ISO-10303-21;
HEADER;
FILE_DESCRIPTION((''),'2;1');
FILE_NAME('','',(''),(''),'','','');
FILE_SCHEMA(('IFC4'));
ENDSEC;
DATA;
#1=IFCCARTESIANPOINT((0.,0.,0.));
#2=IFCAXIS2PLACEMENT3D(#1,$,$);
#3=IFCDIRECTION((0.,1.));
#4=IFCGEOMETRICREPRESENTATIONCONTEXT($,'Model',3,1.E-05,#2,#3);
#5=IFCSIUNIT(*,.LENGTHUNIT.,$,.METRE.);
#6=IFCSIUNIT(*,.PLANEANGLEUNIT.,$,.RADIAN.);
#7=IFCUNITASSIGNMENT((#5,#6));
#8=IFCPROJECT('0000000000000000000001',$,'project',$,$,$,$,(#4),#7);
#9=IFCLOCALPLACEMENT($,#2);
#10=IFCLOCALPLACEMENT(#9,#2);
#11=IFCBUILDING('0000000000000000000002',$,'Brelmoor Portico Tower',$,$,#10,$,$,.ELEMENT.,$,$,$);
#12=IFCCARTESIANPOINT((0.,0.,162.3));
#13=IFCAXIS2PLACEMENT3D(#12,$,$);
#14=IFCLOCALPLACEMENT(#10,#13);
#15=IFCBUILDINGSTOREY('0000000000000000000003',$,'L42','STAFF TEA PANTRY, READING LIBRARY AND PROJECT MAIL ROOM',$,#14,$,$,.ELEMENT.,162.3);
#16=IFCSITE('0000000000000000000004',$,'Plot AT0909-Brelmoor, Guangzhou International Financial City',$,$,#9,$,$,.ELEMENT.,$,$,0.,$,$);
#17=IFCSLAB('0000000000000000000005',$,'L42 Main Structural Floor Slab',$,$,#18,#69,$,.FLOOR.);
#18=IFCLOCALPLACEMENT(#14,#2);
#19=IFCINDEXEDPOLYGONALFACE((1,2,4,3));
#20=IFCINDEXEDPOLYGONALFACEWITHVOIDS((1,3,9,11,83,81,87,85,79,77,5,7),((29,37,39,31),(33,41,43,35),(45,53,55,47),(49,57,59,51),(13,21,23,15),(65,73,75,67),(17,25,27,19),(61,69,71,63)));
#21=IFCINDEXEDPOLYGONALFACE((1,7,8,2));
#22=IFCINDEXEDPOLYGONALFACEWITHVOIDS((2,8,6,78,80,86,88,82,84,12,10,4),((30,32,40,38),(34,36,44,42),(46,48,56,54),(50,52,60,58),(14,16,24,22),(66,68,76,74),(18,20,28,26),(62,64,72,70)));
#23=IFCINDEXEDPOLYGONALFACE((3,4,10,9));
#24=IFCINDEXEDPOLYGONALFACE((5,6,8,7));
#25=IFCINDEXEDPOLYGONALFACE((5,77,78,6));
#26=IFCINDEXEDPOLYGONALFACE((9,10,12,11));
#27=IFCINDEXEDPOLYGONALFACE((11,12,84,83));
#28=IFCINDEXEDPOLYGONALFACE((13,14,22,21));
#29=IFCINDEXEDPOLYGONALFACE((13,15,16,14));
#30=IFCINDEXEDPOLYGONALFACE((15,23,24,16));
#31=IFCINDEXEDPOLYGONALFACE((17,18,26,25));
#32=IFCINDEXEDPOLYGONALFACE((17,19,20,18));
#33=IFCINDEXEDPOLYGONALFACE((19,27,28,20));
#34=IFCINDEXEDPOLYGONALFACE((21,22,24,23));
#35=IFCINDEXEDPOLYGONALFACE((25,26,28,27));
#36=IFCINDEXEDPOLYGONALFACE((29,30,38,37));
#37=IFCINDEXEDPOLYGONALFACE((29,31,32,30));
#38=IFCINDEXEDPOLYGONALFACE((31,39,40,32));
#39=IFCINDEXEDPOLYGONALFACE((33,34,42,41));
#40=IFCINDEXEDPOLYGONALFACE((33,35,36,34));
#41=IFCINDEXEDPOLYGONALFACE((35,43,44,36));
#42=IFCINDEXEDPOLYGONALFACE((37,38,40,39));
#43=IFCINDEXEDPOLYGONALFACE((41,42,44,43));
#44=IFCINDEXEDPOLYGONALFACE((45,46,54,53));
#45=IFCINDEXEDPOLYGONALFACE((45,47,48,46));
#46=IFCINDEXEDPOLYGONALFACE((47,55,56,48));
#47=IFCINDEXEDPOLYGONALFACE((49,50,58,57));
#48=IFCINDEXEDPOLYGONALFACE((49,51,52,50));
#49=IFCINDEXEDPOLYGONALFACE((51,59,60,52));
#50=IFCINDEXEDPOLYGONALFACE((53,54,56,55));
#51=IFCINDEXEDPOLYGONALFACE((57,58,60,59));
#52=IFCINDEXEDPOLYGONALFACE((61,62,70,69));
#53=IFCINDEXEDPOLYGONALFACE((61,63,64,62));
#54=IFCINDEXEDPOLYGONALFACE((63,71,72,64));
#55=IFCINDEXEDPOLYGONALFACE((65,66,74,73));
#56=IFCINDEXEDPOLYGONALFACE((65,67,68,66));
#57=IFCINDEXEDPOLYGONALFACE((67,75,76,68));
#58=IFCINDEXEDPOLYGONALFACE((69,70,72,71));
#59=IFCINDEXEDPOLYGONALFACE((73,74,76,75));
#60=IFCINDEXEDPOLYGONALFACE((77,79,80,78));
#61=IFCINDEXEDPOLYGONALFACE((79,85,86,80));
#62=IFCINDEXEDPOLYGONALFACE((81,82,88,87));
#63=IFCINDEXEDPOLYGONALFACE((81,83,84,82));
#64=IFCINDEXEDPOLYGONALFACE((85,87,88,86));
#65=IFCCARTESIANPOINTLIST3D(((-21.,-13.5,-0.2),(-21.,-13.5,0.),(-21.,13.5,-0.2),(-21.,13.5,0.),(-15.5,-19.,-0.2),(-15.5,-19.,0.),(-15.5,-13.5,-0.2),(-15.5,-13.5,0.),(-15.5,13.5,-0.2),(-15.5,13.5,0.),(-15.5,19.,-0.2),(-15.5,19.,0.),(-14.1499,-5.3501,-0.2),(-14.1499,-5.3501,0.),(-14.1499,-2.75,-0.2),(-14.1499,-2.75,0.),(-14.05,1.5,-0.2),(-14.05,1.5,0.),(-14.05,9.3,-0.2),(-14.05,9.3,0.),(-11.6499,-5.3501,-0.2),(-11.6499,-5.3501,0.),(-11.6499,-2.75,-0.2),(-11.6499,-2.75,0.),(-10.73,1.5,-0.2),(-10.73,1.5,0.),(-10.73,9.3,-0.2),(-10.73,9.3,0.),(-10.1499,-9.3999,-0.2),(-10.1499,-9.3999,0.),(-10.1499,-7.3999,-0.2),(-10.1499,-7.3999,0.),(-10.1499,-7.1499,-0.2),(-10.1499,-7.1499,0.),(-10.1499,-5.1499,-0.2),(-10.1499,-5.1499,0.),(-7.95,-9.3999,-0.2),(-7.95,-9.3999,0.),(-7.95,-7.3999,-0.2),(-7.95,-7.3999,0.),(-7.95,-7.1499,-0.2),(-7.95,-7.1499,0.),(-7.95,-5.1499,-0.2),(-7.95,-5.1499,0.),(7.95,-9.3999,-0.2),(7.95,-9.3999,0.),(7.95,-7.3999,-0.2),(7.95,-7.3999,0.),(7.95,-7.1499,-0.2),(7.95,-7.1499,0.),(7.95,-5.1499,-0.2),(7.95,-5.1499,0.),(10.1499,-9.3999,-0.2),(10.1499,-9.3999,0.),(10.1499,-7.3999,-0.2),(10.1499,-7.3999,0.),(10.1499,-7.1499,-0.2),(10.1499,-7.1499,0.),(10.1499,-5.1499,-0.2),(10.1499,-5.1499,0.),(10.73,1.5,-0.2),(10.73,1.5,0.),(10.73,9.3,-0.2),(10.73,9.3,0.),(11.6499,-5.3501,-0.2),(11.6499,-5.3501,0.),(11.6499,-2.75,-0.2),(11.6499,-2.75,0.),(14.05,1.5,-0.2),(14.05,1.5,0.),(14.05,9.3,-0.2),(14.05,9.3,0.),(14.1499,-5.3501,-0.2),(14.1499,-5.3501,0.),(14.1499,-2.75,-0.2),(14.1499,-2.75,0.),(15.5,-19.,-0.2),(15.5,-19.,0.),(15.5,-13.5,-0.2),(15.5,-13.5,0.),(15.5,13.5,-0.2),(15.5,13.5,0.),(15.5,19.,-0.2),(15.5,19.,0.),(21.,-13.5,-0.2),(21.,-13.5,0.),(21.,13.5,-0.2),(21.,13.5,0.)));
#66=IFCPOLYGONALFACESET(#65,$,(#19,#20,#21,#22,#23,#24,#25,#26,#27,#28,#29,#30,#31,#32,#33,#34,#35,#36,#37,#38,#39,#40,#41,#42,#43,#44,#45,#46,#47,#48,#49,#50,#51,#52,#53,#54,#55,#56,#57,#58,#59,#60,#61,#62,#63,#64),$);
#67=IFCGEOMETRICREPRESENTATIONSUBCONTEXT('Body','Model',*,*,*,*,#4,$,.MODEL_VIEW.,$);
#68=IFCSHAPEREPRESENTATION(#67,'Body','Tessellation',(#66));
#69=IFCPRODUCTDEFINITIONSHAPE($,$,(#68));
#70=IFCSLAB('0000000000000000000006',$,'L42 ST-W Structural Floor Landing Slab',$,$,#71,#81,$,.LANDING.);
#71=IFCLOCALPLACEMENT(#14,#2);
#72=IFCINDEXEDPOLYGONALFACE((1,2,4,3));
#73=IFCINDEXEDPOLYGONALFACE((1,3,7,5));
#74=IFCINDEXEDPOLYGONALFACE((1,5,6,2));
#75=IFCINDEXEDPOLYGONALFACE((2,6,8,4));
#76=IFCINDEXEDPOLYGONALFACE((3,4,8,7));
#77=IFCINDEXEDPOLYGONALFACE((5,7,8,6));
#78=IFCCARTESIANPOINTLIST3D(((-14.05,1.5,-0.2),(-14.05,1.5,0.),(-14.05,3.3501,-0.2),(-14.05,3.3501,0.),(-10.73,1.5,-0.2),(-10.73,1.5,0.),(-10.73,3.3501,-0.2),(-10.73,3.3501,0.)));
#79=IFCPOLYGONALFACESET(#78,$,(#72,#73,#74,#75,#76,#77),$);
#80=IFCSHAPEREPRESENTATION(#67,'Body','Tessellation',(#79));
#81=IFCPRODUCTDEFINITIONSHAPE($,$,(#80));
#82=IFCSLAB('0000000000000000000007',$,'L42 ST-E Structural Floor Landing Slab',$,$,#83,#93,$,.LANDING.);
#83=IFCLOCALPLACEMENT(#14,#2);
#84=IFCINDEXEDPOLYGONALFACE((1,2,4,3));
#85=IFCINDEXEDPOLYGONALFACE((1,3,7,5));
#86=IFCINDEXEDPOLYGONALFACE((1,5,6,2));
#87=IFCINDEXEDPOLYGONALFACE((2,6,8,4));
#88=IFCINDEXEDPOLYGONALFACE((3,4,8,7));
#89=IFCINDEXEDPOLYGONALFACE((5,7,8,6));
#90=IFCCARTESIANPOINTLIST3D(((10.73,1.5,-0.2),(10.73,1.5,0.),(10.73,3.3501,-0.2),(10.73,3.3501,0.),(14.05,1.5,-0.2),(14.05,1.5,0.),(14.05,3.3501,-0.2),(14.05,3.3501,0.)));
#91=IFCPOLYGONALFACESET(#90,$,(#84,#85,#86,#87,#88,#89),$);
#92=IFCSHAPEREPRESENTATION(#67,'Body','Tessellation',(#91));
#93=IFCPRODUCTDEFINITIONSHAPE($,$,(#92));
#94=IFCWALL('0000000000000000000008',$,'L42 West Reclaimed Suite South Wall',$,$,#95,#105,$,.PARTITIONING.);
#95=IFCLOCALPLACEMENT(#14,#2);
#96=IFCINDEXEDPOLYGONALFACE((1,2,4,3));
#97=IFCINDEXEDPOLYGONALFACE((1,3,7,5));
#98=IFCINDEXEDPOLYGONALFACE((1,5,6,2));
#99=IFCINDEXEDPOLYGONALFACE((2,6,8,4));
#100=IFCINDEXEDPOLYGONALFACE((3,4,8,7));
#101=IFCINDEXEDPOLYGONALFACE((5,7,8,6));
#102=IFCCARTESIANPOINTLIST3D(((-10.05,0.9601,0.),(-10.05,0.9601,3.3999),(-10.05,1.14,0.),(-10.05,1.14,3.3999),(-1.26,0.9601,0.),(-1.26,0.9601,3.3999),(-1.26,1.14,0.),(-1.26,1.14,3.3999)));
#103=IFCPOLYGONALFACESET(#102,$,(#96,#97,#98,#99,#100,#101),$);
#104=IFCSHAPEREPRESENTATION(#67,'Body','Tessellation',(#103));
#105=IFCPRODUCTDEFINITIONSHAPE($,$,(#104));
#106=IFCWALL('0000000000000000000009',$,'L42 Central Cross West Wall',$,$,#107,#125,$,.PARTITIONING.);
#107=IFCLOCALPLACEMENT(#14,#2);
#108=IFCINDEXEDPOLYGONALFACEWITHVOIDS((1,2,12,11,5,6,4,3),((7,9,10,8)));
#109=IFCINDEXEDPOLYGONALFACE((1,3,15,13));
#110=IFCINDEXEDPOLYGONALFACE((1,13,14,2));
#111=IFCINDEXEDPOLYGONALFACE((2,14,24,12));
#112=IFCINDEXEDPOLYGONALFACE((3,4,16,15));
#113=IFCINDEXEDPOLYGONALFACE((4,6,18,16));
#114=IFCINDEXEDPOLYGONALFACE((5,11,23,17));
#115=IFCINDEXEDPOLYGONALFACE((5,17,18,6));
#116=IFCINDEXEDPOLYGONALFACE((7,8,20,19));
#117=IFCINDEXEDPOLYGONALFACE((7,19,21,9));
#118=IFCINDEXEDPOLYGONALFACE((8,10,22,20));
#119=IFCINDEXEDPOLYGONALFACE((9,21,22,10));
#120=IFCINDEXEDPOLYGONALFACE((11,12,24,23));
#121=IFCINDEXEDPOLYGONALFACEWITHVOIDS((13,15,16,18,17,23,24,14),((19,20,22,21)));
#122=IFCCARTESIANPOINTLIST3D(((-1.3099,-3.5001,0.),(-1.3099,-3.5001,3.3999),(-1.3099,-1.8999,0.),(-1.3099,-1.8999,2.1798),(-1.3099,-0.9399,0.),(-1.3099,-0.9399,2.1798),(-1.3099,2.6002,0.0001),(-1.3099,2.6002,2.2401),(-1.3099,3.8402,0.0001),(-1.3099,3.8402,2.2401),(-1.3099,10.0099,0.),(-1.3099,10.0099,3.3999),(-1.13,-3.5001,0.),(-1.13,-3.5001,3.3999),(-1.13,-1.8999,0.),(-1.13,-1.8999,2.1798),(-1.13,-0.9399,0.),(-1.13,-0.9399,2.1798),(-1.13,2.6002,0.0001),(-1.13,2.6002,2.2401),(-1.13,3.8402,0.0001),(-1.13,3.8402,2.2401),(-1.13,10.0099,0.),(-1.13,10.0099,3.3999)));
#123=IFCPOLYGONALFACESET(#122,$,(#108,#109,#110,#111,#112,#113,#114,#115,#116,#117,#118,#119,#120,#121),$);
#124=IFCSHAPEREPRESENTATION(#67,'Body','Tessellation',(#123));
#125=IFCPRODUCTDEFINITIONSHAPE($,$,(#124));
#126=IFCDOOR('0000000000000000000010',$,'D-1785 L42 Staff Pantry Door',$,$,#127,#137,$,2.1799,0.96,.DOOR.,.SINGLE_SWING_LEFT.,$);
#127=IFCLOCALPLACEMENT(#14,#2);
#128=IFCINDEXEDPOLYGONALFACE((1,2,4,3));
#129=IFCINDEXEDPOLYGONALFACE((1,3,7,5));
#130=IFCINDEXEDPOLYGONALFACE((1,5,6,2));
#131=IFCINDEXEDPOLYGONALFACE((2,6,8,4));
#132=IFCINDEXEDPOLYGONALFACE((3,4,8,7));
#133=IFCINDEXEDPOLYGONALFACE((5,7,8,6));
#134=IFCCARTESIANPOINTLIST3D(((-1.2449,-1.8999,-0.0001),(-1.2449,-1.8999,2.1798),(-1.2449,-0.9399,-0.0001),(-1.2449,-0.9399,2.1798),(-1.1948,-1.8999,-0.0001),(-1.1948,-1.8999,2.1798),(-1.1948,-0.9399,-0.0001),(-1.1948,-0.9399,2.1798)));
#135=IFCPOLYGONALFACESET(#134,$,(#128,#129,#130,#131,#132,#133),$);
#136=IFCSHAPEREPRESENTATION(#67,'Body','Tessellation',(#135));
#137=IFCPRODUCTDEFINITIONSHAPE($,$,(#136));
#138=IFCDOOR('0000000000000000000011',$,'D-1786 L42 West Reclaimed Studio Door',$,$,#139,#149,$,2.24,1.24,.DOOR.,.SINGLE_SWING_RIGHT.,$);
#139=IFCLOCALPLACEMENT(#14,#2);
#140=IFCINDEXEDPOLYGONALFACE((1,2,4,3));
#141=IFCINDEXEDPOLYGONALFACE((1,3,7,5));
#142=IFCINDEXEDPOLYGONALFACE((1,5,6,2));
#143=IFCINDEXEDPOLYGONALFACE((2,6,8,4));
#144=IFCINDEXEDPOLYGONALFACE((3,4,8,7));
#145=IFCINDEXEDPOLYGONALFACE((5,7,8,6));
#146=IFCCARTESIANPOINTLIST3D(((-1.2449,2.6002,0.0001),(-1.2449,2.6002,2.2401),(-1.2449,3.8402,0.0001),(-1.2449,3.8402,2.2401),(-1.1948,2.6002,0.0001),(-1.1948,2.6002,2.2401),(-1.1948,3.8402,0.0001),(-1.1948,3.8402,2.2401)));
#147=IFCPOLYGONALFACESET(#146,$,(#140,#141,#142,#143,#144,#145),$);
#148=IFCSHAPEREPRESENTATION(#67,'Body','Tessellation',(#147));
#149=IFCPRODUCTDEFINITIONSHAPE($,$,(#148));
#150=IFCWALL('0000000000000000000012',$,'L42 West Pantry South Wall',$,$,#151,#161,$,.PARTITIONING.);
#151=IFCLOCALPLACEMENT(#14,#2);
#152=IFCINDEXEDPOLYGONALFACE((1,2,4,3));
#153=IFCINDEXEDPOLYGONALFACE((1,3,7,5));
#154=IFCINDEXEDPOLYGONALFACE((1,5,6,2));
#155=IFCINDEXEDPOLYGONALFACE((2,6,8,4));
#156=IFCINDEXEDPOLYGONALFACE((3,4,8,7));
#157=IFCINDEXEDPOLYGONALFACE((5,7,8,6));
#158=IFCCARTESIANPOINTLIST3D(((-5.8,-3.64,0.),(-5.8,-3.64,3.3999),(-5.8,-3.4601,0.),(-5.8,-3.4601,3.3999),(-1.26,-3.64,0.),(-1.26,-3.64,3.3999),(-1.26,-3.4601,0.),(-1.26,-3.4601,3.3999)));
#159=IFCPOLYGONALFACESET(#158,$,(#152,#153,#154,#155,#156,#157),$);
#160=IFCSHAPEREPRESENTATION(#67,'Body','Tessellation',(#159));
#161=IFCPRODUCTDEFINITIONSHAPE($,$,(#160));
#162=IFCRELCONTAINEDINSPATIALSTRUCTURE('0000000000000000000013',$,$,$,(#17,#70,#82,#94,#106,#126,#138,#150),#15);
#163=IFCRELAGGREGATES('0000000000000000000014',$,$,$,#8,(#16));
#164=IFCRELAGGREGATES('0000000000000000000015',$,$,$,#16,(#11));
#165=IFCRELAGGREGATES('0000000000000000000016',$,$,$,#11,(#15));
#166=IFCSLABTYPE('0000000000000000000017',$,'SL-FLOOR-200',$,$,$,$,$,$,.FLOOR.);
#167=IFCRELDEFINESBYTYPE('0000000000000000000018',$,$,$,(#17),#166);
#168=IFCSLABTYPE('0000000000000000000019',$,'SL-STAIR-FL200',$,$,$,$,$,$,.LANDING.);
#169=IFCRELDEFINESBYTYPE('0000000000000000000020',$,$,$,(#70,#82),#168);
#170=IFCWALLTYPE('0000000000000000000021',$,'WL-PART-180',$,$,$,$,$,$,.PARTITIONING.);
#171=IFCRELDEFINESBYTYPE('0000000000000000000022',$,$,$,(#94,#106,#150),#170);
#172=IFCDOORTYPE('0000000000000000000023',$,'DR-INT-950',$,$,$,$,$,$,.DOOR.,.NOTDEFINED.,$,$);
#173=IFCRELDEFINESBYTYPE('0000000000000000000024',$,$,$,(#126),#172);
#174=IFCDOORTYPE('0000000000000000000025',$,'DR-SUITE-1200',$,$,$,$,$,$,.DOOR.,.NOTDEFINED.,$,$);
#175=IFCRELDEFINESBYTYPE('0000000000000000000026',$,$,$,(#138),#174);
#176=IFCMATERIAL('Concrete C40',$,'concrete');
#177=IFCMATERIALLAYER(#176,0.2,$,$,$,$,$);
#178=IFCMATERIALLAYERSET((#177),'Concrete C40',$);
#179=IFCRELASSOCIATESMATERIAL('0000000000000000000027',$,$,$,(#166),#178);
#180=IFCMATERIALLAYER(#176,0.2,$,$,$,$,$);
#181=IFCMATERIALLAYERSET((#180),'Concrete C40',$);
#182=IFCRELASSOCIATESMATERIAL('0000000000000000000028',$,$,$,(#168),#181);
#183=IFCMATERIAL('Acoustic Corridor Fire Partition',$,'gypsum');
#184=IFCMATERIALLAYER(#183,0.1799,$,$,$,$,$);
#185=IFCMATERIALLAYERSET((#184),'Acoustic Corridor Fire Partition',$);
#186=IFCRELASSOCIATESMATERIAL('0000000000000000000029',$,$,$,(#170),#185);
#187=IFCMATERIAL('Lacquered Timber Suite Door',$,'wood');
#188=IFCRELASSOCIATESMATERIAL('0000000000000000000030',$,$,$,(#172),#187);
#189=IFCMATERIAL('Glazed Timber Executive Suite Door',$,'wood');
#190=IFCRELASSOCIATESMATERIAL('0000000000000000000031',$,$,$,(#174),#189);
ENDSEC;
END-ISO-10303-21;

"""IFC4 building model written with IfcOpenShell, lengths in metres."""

from ifc_helpers import new_model, si_unit, direction, frame, frame_2d, origin, place, context, subcontext, project, spatial, polyline, rectangle, outline, extrude, material, layer, layer_set, type_object, element, fill, save


model = new_model("IFC4")

# Units and contexts
model_context = context("Model", 3, precision=1e-05, world=origin(), true_north=direction((0.0, 1.0)))
body_context = subcontext(model_context, "Body", "Model", "MODEL_VIEW")
ifc_project = project(units=[si_unit("LENGTHUNIT", "METRE"), si_unit("PLANEANGLEUNIT", "RADIAN")], contexts=[model_context])

# Site, building, storey
site_placement = place(None, origin())
site = spatial("IfcSite", under=ifc_project, at=site_placement, Name="Plot AT0909-Brelmoor, Guangzhou International Financial City", CompositionType="ELEMENT", RefElevation=0.0)
building_placement = place(site_placement, origin())
building = spatial("IfcBuilding", under=site, at=building_placement, Name="Brelmoor Portico Tower", CompositionType="ELEMENT")
storey_placement = place(building_placement, frame((0.0, 0.0, 162.3)))
storey = spatial("IfcBuildingStorey", under=building, at=storey_placement, Name="L42", Description="STAFF TEA PANTRY, READING LIBRARY AND PROJECT MAIL ROOM", CompositionType="ELEMENT", Elevation=162.3)

# Slabs
ifc_material_1 = material(Name="Concrete C40", Category="concrete")
ifc_layer_1 = layer(ifc_material_1, 0.2)
ifc_layer_set_1 = layer_set([ifc_layer_1], Name="Concrete C40")
slab_type_1 = type_object("IfcSlabType", Name="SL-FLOOR-200", PredefinedType="FLOOR", material=ifc_layer_set_1)
slab_1_placement = place(storey_placement, frame((0.0, 0.0, -0.2)))
element("IfcSlab", 1, at=slab_1_placement, inside=storey, type_object=slab_type_1, Name="L42 Main Structural Floor Slab", PredefinedType="FLOOR", context=body_context, shape_type="SweptSolid", body=[
    extrude(outline(polyline([(-15.5, -19.0), (15.5, -19.0), (15.5, -13.5), (21.0, -13.5), (21.0, 13.5), (15.5, 13.5), (15.5, 19.0), (-15.5, 19.0), (-15.5, 13.5), (-21.0, 13.5), (-21.0, -13.5), (-15.5, -13.5), (-15.5, -19.0)]), holes=[polyline([(-10.73, 1.5), (-10.73, 9.3), (-14.05, 9.3), (-14.05, 1.5), (-10.73, 1.5)]), polyline([(14.05, 1.5), (14.05, 9.3), (10.73, 9.3), (10.73, 1.5), (14.05, 1.5)]), polyline([(-10.1499, -9.3999), (-7.95, -9.3999), (-7.95, -7.3999), (-10.1499, -7.3999), (-10.1499, -9.3999)]), polyline([(-10.1499, -7.1499), (-7.95, -7.1499), (-7.95, -5.1499), (-10.1499, -5.1499), (-10.1499, -7.1499)]), polyline([(7.95, -9.3999), (10.1499, -9.3999), (10.1499, -7.3999), (7.95, -7.3999), (7.95, -9.3999)]), polyline([(7.95, -7.1499), (10.1499, -7.1499), (10.1499, -5.1499), (7.95, -5.1499), (7.95, -7.1499)]), polyline([(-14.1499, -5.3501), (-11.6499, -5.3501), (-11.6499, -2.75), (-14.1499, -2.75), (-14.1499, -5.3501)]), polyline([(11.6499, -5.3501), (14.1499, -5.3501), (14.1499, -2.75), (11.6499, -2.75), (11.6499, -5.3501)])]), origin(), (0.0, 0.0, 1.0), 0.2),
])
ifc_layer_2 = layer(ifc_material_1, 0.2)
ifc_layer_set_2 = layer_set([ifc_layer_2], Name="Concrete C40")
slab_type_2 = type_object("IfcSlabType", Name="SL-STAIR-FL200", PredefinedType="LANDING", material=ifc_layer_set_2)
slab_2_placement = place(storey_placement, frame((0.0, 0.0, -0.2)))
element("IfcSlab", 2, at=slab_2_placement, inside=storey, type_object=slab_type_2, Name="L42 ST-W Structural Floor Landing Slab", PredefinedType="LANDING", context=body_context, shape_type="SweptSolid", body=[
    extrude(outline(polyline([(-10.73, 1.5), (-10.73, 3.3501), (-14.05, 3.3501), (-14.05, 1.5), (-10.73, 1.5)])), origin(), (0.0, 0.0, 1.0), 0.2),
])
slab_3_placement = place(storey_placement, frame((0.0, 0.0, -0.2)))
element("IfcSlab", 3, at=slab_3_placement, inside=storey, type_object=slab_type_2, Name="L42 ST-E Structural Floor Landing Slab", PredefinedType="LANDING", context=body_context, shape_type="SweptSolid", body=[
    extrude(outline(polyline([(14.05, 1.5), (14.05, 3.3501), (10.73, 3.3501), (10.73, 1.5), (14.05, 1.5)])), origin(), (0.0, 0.0, 1.0), 0.2),
])

# Wall
ifc_material_2 = material(Name="Acoustic Corridor Fire Partition", Category="gypsum")
ifc_layer_3 = layer(ifc_material_2, 0.1799)
ifc_layer_set_3 = layer_set([ifc_layer_3], Name="Acoustic Corridor Fire Partition")
wall_type_1 = type_object("IfcWallType", Name="WL-PART-180", PredefinedType="PARTITIONING", material=ifc_layer_set_3)
wall_1_placement = place(storey_placement, frame((-10.05, 1.05, 0.0), z_axis=(0.0, 0.0, 1.0), x_axis=(1.0, 0.0, 0.0)))
element("IfcWall", 4, at=wall_1_placement, inside=storey, type_object=wall_type_1, Name="L42 West Reclaimed Suite South Wall", PredefinedType="PARTITIONING", context=body_context, shape_type="SweptSolid", body=[
    extrude(rectangle(XDim=8.79, YDim=0.1799, at=frame_2d((4.395, 0.0))), origin(), (0.0, 0.0, 1.0), 3.3999),
])

# Wall, openings, doors
wall_2_placement = place(storey_placement, frame((-1.22, -3.5, 0.0), z_axis=(0.0, 0.0, 1.0), x_axis=(0.0, 1.0, 0.0)))
wall_2 = element("IfcWall", 5, at=wall_2_placement, inside=storey, type_object=wall_type_1, Name="L42 Central Cross West Wall", PredefinedType="PARTITIONING", context=body_context, shape_type="SweptSolid", body=[
    extrude(rectangle(XDim=13.51, YDim=0.1799, at=frame_2d((6.7549, 0.0))), origin(), (0.0, 0.0, 1.0), 3.3999),
])
opening_1_placement = place(wall_2_placement, frame((6.1001, 0.0, 0.0)))
opening_1 = element("IfcOpeningElement", 6, at=opening_1_placement, cuts=wall_2, PredefinedType="OPENING", context=body_context, shape_type="SweptSolid", body=[
    extrude(rectangle(XDim=1.24, YDim=2.24, at=frame_2d((0.6201, 1.1201))), frame((0.0, 0.0999, 0.0), z_axis=(0.0, -1.0, 0.0), x_axis=(1.0, 0.0, 0.0)), (0.0, 0.0, 1.0), 0.2),
])
opening_2_placement = place(wall_2_placement, frame((1.6001, 0.0, 0.0)))
opening_2 = element("IfcOpeningElement", 7, at=opening_2_placement, cuts=wall_2, PredefinedType="OPENING", context=body_context, shape_type="SweptSolid", body=[
    extrude(rectangle(XDim=0.96, YDim=2.1799, at=frame_2d((0.48, 1.0898))), frame((0.0, 0.0999, 0.0), z_axis=(0.0, -1.0, 0.0), x_axis=(1.0, 0.0, 0.0)), (0.0, 0.0, 1.0), 0.2),
])
ifc_material_3 = material(Name="Lacquered Timber Suite Door", Category="wood")
door_type_1 = type_object("IfcDoorType", Name="DR-INT-950", OperationType="NOTDEFINED", PredefinedType="DOOR", material=ifc_material_3)
door_1_placement = place(opening_2_placement, origin())
door_1 = element("IfcDoor", 8, at=door_1_placement, inside=storey, type_object=door_type_1, Name="D-1785 L42 Staff Pantry Door", OperationType="SINGLE_SWING_LEFT", OverallHeight=2.1799, OverallWidth=0.96, PredefinedType="DOOR", context=body_context, shape_type="SweptSolid", body=[
    extrude(rectangle(XDim=0.96, YDim=2.1799, at=frame_2d((0.48, 1.0898))), frame((0.0, 0.0249, 0.0), z_axis=(0.0, -1.0, 0.0), x_axis=(1.0, 0.0, 0.0)), (0.0, 0.0, 1.0), 0.05),
])
fill(opening_2, door_1)
ifc_material_4 = material(Name="Glazed Timber Executive Suite Door", Category="wood")
door_type_2 = type_object("IfcDoorType", Name="DR-SUITE-1200", OperationType="NOTDEFINED", PredefinedType="DOOR", material=ifc_material_4)
door_2_placement = place(opening_1_placement, origin())
door_2 = element("IfcDoor", 9, at=door_2_placement, inside=storey, type_object=door_type_2, Name="D-1786 L42 West Reclaimed Studio Door", OperationType="SINGLE_SWING_RIGHT", OverallHeight=2.24, OverallWidth=1.24, PredefinedType="DOOR", context=body_context, shape_type="SweptSolid", body=[
    extrude(rectangle(XDim=1.24, YDim=2.24, at=frame_2d((0.6201, 1.1201))), frame((0.0, 0.0249, 0.0), z_axis=(0.0, -1.0, 0.0), x_axis=(1.0, 0.0, 0.0)), (0.0, 0.0, 1.0), 0.05),
])
fill(opening_1, door_2)

# Wall
wall_3_placement = place(storey_placement, frame((-5.8, -3.55, 0.0), z_axis=(0.0, 0.0, 1.0), x_axis=(1.0, 0.0, 0.0)))
element("IfcWall", 10, at=wall_3_placement, inside=storey, type_object=wall_type_1, Name="L42 West Pantry South Wall", PredefinedType="PARTITIONING", context=body_context, shape_type="SweptSolid", body=[
    extrude(rectangle(XDim=4.54, YDim=0.1799, at=frame_2d((2.27, 0.0))), origin(), (0.0, 0.0, 1.0), 3.3999),
])

save(model, "model.ifc")
